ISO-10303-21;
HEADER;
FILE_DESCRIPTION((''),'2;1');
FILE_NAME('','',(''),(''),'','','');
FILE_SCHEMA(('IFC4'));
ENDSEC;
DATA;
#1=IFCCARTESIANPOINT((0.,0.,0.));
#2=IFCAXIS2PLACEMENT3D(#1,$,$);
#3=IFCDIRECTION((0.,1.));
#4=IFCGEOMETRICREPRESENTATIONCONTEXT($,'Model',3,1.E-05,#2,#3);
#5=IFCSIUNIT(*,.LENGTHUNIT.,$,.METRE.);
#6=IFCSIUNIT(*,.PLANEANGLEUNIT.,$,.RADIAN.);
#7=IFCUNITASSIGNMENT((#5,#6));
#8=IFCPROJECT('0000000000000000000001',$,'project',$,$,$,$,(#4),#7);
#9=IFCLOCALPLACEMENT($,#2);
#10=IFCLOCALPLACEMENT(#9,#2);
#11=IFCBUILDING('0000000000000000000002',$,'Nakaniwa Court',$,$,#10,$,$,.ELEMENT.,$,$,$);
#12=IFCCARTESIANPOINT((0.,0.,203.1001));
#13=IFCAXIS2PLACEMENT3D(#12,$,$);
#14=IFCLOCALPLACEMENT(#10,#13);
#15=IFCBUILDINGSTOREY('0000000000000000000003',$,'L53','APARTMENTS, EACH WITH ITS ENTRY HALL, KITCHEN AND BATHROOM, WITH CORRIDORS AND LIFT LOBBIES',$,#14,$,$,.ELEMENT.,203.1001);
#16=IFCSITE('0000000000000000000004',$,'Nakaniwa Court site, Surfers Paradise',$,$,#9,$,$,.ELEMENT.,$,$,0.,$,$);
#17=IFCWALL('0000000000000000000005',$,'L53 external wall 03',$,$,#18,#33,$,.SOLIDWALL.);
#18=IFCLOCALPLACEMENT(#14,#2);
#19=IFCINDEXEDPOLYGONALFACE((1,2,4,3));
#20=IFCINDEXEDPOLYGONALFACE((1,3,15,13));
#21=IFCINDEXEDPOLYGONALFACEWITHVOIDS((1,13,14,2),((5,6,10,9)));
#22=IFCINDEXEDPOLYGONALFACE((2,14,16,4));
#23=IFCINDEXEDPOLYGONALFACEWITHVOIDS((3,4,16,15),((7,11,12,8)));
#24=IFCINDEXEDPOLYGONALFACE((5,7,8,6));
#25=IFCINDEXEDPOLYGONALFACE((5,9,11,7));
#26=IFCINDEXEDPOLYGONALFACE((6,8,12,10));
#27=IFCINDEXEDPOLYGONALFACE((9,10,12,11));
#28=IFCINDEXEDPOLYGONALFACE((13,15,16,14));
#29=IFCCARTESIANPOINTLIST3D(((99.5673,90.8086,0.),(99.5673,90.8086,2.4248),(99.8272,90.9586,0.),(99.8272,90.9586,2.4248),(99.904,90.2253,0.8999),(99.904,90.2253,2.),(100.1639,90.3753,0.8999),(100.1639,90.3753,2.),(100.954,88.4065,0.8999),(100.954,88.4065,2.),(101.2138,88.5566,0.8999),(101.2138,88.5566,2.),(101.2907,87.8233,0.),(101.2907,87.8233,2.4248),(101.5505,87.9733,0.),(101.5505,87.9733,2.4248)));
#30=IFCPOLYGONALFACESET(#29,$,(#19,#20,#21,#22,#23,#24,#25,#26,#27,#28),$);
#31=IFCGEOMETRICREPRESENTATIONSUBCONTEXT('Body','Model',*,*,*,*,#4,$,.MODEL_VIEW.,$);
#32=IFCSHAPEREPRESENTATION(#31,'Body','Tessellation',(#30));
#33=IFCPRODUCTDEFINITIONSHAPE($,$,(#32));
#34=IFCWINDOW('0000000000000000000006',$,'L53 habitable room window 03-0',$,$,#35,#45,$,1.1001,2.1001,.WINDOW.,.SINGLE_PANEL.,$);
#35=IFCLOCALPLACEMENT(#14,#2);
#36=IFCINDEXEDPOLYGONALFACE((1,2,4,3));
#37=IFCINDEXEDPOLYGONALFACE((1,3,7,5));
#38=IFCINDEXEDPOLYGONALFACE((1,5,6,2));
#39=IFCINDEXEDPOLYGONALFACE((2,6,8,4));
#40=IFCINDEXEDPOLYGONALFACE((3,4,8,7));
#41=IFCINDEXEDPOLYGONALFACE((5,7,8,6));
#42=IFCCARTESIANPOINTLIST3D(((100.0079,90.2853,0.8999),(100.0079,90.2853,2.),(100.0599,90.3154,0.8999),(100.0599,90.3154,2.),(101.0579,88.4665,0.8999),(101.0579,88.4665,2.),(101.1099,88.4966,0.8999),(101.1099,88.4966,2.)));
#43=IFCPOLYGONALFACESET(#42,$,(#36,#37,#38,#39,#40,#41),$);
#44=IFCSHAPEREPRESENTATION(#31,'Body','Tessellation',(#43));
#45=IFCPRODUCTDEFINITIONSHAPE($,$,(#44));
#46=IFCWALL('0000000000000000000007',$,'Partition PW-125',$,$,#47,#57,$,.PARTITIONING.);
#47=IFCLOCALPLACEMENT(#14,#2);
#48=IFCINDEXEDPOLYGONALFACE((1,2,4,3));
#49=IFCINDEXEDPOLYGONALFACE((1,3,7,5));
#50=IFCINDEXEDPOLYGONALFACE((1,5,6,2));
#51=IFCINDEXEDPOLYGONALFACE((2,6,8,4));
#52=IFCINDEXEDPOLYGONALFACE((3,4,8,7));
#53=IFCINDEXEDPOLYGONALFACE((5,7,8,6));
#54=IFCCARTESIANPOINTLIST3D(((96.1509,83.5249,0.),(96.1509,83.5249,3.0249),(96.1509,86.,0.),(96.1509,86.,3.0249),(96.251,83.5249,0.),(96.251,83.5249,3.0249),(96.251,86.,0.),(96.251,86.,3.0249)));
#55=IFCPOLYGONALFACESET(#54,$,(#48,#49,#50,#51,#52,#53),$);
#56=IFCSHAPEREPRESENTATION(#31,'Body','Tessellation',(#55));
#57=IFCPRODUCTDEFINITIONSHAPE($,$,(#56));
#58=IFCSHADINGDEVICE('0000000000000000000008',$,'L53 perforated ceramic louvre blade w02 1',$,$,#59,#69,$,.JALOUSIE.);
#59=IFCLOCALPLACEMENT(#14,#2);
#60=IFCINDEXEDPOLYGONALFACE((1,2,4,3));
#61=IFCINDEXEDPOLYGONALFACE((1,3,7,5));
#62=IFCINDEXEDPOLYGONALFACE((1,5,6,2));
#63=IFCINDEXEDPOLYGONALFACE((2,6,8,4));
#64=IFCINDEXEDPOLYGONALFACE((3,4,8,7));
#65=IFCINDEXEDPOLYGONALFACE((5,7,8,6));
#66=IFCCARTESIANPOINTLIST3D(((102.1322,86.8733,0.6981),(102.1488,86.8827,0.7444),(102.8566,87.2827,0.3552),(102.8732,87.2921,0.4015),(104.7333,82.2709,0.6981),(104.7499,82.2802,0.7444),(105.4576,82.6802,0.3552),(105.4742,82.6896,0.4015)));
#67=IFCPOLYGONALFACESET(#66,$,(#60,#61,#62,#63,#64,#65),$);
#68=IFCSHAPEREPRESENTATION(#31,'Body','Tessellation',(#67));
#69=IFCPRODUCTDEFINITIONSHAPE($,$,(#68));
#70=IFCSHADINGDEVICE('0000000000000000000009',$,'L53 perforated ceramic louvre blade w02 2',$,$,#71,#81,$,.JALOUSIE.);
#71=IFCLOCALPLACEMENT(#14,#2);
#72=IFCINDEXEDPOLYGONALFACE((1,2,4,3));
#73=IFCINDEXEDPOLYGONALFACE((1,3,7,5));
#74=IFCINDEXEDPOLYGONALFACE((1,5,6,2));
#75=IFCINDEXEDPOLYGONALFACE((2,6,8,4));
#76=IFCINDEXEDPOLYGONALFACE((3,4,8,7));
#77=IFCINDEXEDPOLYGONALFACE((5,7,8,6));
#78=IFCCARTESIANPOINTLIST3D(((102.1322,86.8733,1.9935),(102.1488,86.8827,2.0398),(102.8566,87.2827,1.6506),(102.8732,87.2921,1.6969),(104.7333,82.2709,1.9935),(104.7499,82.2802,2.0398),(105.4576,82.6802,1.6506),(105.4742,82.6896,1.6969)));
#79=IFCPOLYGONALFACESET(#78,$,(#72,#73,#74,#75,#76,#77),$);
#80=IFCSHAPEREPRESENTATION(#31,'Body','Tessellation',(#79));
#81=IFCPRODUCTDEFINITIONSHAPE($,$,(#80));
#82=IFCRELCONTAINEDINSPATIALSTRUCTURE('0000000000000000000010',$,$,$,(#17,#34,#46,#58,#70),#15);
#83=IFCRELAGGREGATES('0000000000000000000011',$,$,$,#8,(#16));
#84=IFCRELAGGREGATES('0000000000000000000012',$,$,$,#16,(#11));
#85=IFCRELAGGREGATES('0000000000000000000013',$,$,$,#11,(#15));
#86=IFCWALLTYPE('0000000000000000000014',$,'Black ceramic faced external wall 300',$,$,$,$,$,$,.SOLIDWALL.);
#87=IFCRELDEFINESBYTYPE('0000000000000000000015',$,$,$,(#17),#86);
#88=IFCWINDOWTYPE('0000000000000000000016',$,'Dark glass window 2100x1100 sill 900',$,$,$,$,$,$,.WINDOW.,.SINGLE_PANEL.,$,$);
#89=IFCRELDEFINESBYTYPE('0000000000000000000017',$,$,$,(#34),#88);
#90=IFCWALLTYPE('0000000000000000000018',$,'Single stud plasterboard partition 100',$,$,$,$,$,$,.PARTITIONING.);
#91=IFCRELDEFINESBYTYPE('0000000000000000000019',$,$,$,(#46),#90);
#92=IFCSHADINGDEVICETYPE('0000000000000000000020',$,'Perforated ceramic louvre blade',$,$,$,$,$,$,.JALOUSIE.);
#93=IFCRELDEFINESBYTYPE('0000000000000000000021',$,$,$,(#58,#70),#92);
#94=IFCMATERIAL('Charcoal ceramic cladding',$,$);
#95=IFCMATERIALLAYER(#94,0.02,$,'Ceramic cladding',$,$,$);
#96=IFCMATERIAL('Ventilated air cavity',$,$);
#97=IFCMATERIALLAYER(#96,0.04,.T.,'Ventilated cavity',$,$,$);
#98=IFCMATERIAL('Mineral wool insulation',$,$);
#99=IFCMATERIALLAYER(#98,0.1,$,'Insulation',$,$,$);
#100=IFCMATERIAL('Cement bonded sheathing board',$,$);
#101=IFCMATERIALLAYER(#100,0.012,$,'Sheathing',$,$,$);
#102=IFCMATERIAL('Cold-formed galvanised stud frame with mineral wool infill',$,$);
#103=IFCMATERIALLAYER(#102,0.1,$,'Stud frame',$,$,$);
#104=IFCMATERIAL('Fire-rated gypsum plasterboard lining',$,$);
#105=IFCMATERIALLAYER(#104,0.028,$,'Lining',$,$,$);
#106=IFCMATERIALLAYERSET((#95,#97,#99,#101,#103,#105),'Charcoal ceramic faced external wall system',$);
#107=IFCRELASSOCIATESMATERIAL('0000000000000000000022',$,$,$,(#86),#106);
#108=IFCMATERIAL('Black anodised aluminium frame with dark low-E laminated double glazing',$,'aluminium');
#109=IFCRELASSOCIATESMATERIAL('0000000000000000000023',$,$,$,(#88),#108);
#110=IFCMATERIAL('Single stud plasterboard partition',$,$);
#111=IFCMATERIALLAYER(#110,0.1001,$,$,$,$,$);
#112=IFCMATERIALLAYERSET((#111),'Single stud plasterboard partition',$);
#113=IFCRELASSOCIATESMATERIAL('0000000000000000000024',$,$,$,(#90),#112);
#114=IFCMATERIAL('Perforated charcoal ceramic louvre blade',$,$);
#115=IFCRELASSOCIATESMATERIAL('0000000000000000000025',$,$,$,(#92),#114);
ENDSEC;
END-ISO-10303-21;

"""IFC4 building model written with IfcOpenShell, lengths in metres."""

from ifc_helpers import new_model, si_unit, direction, frame, frame_2d, origin, origin_2d, place, context, subcontext, project, spatial, rectangle, extrude, material, layer, layer_set, material_profile, profile_set, type_object, element, fill, save


model = new_model("IFC4")

# Units and contexts
model_context = context("Model", 3, precision=1e-05, world=origin(), true_north=direction((0.0, 1.0)))
body_context = subcontext(model_context, "Body", "Model", "MODEL_VIEW")
ifc_project = project(units=[si_unit("LENGTHUNIT", "METRE"), si_unit("PLANEANGLEUNIT", "RADIAN")], contexts=[model_context])

# Site, building, storey
site_placement = place(None, origin())
site = spatial("IfcSite", under=ifc_project, at=site_placement, Name="Nakaniwa Court site, Surfers Paradise", CompositionType="ELEMENT", RefElevation=0.0)
building_placement = place(site_placement, origin())
building = spatial("IfcBuilding", under=site, at=building_placement, Name="Nakaniwa Court", CompositionType="ELEMENT")
storey_placement = place(building_placement, frame((0.0, 0.0, 203.1001)))
storey = spatial("IfcBuildingStorey", under=building, at=storey_placement, Name="L53", Description="APARTMENTS, EACH WITH ITS ENTRY HALL, KITCHEN AND BATHROOM, WITH CORRIDORS AND LIFT LOBBIES", CompositionType="ELEMENT", Elevation=203.1001)

# Wall, opening, window
ifc_material_1 = material(Name="Charcoal ceramic cladding")
ifc_layer_1 = layer(ifc_material_1, 0.02, Name="Ceramic cladding")
ifc_material_2 = material(Name="Ventilated air cavity")
ifc_layer_2 = layer(ifc_material_2, 0.04, ventilated=True, Name="Ventilated cavity")
ifc_material_3 = material(Name="Mineral wool insulation")
ifc_layer_3 = layer(ifc_material_3, 0.1, Name="Insulation")
ifc_material_4 = material(Name="Cement bonded sheathing board")
ifc_layer_4 = layer(ifc_material_4, 0.012, Name="Sheathing")
ifc_material_5 = material(Name="Cold-formed galvanised stud frame with mineral wool infill")
ifc_layer_5 = layer(ifc_material_5, 0.1, Name="Stud frame")
ifc_material_6 = material(Name="Fire-rated gypsum plasterboard lining")
ifc_layer_6 = layer(ifc_material_6, 0.028, Name="Lining")
ifc_layer_set_1 = layer_set([ifc_layer_1, ifc_layer_2, ifc_layer_3, ifc_layer_4, ifc_layer_5, ifc_layer_6], Name="Charcoal ceramic faced external wall system")
wall_type_1 = type_object("IfcWallType", Name="Black ceramic faced external wall 300", PredefinedType="SOLIDWALL", material=ifc_layer_set_1)
ifc_material_7 = material(Name="Black anodised aluminium frame with dark low-E laminated double glazing", Category="aluminium")
window_type_1 = type_object("IfcWindowType", Name="Dark glass window 2100x1100 sill 900", PartitioningType="SINGLE_PANEL", PredefinedType="WINDOW", material=ifc_material_7)
wall_1_placement = place(storey_placement, frame((101.4207, 87.8982, 0.0), z_axis=(0.0, 0.0, 1.0), x_axis=(-0.499955, 0.866051, 0.0)))
wall_1 = element("IfcWall", 1, at=wall_1_placement, inside=storey, type_object=wall_type_1, Name="L53 external wall 03", PredefinedType="SOLIDWALL", context=body_context, shape_type="SweptSolid", body=[
    extrude(rectangle(XDim=3.447, YDim=0.3, at=frame_2d((1.7236, 0.0))), origin(), (0.0, 0.0, 1.0), 2.4248),
])
opening_1_placement = place(wall_1_placement, frame((0.6736, 0.0, 0.8999)))
opening_1 = element("IfcOpeningElement", 2, at=opening_1_placement, cuts=wall_1, PredefinedType="OPENING", context=body_context, shape_type="SweptSolid", body=[
    extrude(rectangle(XDim=2.1001, YDim=1.1001, at=frame_2d((1.05, 0.55))), frame((0.0, 0.1599, 0.0), z_axis=(0.0, -1.0, 0.0), x_axis=(1.0, 0.0, 0.0)), (0.0, 0.0, 1.0), 0.3201),
])
window_1_placement = place(opening_1_placement, origin())
window_1 = element("IfcWindow", 3, at=window_1_placement, inside=storey, type_object=window_type_1, Name="L53 habitable room window 03-0", OverallHeight=1.1001, OverallWidth=2.1001, PartitioningType="SINGLE_PANEL", PredefinedType="WINDOW", context=body_context, shape_type="SweptSolid", body=[
    extrude(rectangle(XDim=2.1001, YDim=1.1001, at=frame_2d((1.05, 0.55))), frame((0.0, 0.03, 0.0), z_axis=(0.0, -1.0, 0.0), x_axis=(1.0, 0.0, 0.0)), (0.0, 0.0, 1.0), 0.0601),
])
fill(opening_1, window_1)

# Wall
ifc_material_8 = material(Name="Single stud plasterboard partition")
ifc_layer_7 = layer(ifc_material_8, 0.1001)
ifc_layer_set_2 = layer_set([ifc_layer_7], Name="Single stud plasterboard partition")
wall_type_2 = type_object("IfcWallType", Name="Single stud plasterboard partition 100", PredefinedType="PARTITIONING", material=ifc_layer_set_2)
wall_2_placement = place(storey_placement, frame((96.2009, 83.5249, 0.0), z_axis=(0.0, 0.0, 1.0), x_axis=(0.0, 1.0, 0.0)))
element("IfcWall", 4, at=wall_2_placement, inside=storey, type_object=wall_type_2, Name="Partition PW-125", PredefinedType="PARTITIONING", context=body_context, shape_type="SweptSolid", body=[
    extrude(rectangle(XDim=2.4751, YDim=0.1001, at=frame_2d((1.2375, 0.0))), origin(), (0.0, 0.0, 1.0), 3.0249),
])

# Shading devices
ifc_material_9 = material(Name="Perforated charcoal ceramic louvre blade")
ifc_material_profile_1 = material_profile(ifc_material_9, rectangle(XDim=0.8999, YDim=0.05, at=origin_2d()), Name="Perforated ceramic louvre blade")
ifc_profile_set_1 = profile_set([ifc_material_profile_1], Name="Perforated charcoal ceramic louvre blade")
shading_device_type = type_object("IfcShadingDeviceType", Name="Perforated ceramic louvre blade", PredefinedType="JALOUSIE", material=ifc_profile_set_1)
for number, where, z_axis, x_axis, name in (
    (5, (105.1038, 82.4802, 0.5498), (-0.492006, 0.870592, 0.0), (-0.804902, -0.454882, 0.38107), "L53 perforated ceramic louvre blade w02 1"),
    (6, (105.1038, 82.4802, 1.8452), (-0.492006, 0.870592, 0.0), (-0.804902, -0.454882, 0.38107), "L53 perforated ceramic louvre blade w02 2"),
):
    element("IfcShadingDevice", number, at=place(storey_placement, frame(where, z_axis=z_axis, x_axis=x_axis)), inside=storey, type_object=shading_device_type, Name=name, PredefinedType="JALOUSIE", context=body_context, shape_type="SweptSolid", body=[
        extrude(rectangle(XDim=0.8999, YDim=0.05, at=origin_2d()), origin(), (0.0, 0.0, 1.0), 5.2866),
    ])

save(model, "model.ifc")
